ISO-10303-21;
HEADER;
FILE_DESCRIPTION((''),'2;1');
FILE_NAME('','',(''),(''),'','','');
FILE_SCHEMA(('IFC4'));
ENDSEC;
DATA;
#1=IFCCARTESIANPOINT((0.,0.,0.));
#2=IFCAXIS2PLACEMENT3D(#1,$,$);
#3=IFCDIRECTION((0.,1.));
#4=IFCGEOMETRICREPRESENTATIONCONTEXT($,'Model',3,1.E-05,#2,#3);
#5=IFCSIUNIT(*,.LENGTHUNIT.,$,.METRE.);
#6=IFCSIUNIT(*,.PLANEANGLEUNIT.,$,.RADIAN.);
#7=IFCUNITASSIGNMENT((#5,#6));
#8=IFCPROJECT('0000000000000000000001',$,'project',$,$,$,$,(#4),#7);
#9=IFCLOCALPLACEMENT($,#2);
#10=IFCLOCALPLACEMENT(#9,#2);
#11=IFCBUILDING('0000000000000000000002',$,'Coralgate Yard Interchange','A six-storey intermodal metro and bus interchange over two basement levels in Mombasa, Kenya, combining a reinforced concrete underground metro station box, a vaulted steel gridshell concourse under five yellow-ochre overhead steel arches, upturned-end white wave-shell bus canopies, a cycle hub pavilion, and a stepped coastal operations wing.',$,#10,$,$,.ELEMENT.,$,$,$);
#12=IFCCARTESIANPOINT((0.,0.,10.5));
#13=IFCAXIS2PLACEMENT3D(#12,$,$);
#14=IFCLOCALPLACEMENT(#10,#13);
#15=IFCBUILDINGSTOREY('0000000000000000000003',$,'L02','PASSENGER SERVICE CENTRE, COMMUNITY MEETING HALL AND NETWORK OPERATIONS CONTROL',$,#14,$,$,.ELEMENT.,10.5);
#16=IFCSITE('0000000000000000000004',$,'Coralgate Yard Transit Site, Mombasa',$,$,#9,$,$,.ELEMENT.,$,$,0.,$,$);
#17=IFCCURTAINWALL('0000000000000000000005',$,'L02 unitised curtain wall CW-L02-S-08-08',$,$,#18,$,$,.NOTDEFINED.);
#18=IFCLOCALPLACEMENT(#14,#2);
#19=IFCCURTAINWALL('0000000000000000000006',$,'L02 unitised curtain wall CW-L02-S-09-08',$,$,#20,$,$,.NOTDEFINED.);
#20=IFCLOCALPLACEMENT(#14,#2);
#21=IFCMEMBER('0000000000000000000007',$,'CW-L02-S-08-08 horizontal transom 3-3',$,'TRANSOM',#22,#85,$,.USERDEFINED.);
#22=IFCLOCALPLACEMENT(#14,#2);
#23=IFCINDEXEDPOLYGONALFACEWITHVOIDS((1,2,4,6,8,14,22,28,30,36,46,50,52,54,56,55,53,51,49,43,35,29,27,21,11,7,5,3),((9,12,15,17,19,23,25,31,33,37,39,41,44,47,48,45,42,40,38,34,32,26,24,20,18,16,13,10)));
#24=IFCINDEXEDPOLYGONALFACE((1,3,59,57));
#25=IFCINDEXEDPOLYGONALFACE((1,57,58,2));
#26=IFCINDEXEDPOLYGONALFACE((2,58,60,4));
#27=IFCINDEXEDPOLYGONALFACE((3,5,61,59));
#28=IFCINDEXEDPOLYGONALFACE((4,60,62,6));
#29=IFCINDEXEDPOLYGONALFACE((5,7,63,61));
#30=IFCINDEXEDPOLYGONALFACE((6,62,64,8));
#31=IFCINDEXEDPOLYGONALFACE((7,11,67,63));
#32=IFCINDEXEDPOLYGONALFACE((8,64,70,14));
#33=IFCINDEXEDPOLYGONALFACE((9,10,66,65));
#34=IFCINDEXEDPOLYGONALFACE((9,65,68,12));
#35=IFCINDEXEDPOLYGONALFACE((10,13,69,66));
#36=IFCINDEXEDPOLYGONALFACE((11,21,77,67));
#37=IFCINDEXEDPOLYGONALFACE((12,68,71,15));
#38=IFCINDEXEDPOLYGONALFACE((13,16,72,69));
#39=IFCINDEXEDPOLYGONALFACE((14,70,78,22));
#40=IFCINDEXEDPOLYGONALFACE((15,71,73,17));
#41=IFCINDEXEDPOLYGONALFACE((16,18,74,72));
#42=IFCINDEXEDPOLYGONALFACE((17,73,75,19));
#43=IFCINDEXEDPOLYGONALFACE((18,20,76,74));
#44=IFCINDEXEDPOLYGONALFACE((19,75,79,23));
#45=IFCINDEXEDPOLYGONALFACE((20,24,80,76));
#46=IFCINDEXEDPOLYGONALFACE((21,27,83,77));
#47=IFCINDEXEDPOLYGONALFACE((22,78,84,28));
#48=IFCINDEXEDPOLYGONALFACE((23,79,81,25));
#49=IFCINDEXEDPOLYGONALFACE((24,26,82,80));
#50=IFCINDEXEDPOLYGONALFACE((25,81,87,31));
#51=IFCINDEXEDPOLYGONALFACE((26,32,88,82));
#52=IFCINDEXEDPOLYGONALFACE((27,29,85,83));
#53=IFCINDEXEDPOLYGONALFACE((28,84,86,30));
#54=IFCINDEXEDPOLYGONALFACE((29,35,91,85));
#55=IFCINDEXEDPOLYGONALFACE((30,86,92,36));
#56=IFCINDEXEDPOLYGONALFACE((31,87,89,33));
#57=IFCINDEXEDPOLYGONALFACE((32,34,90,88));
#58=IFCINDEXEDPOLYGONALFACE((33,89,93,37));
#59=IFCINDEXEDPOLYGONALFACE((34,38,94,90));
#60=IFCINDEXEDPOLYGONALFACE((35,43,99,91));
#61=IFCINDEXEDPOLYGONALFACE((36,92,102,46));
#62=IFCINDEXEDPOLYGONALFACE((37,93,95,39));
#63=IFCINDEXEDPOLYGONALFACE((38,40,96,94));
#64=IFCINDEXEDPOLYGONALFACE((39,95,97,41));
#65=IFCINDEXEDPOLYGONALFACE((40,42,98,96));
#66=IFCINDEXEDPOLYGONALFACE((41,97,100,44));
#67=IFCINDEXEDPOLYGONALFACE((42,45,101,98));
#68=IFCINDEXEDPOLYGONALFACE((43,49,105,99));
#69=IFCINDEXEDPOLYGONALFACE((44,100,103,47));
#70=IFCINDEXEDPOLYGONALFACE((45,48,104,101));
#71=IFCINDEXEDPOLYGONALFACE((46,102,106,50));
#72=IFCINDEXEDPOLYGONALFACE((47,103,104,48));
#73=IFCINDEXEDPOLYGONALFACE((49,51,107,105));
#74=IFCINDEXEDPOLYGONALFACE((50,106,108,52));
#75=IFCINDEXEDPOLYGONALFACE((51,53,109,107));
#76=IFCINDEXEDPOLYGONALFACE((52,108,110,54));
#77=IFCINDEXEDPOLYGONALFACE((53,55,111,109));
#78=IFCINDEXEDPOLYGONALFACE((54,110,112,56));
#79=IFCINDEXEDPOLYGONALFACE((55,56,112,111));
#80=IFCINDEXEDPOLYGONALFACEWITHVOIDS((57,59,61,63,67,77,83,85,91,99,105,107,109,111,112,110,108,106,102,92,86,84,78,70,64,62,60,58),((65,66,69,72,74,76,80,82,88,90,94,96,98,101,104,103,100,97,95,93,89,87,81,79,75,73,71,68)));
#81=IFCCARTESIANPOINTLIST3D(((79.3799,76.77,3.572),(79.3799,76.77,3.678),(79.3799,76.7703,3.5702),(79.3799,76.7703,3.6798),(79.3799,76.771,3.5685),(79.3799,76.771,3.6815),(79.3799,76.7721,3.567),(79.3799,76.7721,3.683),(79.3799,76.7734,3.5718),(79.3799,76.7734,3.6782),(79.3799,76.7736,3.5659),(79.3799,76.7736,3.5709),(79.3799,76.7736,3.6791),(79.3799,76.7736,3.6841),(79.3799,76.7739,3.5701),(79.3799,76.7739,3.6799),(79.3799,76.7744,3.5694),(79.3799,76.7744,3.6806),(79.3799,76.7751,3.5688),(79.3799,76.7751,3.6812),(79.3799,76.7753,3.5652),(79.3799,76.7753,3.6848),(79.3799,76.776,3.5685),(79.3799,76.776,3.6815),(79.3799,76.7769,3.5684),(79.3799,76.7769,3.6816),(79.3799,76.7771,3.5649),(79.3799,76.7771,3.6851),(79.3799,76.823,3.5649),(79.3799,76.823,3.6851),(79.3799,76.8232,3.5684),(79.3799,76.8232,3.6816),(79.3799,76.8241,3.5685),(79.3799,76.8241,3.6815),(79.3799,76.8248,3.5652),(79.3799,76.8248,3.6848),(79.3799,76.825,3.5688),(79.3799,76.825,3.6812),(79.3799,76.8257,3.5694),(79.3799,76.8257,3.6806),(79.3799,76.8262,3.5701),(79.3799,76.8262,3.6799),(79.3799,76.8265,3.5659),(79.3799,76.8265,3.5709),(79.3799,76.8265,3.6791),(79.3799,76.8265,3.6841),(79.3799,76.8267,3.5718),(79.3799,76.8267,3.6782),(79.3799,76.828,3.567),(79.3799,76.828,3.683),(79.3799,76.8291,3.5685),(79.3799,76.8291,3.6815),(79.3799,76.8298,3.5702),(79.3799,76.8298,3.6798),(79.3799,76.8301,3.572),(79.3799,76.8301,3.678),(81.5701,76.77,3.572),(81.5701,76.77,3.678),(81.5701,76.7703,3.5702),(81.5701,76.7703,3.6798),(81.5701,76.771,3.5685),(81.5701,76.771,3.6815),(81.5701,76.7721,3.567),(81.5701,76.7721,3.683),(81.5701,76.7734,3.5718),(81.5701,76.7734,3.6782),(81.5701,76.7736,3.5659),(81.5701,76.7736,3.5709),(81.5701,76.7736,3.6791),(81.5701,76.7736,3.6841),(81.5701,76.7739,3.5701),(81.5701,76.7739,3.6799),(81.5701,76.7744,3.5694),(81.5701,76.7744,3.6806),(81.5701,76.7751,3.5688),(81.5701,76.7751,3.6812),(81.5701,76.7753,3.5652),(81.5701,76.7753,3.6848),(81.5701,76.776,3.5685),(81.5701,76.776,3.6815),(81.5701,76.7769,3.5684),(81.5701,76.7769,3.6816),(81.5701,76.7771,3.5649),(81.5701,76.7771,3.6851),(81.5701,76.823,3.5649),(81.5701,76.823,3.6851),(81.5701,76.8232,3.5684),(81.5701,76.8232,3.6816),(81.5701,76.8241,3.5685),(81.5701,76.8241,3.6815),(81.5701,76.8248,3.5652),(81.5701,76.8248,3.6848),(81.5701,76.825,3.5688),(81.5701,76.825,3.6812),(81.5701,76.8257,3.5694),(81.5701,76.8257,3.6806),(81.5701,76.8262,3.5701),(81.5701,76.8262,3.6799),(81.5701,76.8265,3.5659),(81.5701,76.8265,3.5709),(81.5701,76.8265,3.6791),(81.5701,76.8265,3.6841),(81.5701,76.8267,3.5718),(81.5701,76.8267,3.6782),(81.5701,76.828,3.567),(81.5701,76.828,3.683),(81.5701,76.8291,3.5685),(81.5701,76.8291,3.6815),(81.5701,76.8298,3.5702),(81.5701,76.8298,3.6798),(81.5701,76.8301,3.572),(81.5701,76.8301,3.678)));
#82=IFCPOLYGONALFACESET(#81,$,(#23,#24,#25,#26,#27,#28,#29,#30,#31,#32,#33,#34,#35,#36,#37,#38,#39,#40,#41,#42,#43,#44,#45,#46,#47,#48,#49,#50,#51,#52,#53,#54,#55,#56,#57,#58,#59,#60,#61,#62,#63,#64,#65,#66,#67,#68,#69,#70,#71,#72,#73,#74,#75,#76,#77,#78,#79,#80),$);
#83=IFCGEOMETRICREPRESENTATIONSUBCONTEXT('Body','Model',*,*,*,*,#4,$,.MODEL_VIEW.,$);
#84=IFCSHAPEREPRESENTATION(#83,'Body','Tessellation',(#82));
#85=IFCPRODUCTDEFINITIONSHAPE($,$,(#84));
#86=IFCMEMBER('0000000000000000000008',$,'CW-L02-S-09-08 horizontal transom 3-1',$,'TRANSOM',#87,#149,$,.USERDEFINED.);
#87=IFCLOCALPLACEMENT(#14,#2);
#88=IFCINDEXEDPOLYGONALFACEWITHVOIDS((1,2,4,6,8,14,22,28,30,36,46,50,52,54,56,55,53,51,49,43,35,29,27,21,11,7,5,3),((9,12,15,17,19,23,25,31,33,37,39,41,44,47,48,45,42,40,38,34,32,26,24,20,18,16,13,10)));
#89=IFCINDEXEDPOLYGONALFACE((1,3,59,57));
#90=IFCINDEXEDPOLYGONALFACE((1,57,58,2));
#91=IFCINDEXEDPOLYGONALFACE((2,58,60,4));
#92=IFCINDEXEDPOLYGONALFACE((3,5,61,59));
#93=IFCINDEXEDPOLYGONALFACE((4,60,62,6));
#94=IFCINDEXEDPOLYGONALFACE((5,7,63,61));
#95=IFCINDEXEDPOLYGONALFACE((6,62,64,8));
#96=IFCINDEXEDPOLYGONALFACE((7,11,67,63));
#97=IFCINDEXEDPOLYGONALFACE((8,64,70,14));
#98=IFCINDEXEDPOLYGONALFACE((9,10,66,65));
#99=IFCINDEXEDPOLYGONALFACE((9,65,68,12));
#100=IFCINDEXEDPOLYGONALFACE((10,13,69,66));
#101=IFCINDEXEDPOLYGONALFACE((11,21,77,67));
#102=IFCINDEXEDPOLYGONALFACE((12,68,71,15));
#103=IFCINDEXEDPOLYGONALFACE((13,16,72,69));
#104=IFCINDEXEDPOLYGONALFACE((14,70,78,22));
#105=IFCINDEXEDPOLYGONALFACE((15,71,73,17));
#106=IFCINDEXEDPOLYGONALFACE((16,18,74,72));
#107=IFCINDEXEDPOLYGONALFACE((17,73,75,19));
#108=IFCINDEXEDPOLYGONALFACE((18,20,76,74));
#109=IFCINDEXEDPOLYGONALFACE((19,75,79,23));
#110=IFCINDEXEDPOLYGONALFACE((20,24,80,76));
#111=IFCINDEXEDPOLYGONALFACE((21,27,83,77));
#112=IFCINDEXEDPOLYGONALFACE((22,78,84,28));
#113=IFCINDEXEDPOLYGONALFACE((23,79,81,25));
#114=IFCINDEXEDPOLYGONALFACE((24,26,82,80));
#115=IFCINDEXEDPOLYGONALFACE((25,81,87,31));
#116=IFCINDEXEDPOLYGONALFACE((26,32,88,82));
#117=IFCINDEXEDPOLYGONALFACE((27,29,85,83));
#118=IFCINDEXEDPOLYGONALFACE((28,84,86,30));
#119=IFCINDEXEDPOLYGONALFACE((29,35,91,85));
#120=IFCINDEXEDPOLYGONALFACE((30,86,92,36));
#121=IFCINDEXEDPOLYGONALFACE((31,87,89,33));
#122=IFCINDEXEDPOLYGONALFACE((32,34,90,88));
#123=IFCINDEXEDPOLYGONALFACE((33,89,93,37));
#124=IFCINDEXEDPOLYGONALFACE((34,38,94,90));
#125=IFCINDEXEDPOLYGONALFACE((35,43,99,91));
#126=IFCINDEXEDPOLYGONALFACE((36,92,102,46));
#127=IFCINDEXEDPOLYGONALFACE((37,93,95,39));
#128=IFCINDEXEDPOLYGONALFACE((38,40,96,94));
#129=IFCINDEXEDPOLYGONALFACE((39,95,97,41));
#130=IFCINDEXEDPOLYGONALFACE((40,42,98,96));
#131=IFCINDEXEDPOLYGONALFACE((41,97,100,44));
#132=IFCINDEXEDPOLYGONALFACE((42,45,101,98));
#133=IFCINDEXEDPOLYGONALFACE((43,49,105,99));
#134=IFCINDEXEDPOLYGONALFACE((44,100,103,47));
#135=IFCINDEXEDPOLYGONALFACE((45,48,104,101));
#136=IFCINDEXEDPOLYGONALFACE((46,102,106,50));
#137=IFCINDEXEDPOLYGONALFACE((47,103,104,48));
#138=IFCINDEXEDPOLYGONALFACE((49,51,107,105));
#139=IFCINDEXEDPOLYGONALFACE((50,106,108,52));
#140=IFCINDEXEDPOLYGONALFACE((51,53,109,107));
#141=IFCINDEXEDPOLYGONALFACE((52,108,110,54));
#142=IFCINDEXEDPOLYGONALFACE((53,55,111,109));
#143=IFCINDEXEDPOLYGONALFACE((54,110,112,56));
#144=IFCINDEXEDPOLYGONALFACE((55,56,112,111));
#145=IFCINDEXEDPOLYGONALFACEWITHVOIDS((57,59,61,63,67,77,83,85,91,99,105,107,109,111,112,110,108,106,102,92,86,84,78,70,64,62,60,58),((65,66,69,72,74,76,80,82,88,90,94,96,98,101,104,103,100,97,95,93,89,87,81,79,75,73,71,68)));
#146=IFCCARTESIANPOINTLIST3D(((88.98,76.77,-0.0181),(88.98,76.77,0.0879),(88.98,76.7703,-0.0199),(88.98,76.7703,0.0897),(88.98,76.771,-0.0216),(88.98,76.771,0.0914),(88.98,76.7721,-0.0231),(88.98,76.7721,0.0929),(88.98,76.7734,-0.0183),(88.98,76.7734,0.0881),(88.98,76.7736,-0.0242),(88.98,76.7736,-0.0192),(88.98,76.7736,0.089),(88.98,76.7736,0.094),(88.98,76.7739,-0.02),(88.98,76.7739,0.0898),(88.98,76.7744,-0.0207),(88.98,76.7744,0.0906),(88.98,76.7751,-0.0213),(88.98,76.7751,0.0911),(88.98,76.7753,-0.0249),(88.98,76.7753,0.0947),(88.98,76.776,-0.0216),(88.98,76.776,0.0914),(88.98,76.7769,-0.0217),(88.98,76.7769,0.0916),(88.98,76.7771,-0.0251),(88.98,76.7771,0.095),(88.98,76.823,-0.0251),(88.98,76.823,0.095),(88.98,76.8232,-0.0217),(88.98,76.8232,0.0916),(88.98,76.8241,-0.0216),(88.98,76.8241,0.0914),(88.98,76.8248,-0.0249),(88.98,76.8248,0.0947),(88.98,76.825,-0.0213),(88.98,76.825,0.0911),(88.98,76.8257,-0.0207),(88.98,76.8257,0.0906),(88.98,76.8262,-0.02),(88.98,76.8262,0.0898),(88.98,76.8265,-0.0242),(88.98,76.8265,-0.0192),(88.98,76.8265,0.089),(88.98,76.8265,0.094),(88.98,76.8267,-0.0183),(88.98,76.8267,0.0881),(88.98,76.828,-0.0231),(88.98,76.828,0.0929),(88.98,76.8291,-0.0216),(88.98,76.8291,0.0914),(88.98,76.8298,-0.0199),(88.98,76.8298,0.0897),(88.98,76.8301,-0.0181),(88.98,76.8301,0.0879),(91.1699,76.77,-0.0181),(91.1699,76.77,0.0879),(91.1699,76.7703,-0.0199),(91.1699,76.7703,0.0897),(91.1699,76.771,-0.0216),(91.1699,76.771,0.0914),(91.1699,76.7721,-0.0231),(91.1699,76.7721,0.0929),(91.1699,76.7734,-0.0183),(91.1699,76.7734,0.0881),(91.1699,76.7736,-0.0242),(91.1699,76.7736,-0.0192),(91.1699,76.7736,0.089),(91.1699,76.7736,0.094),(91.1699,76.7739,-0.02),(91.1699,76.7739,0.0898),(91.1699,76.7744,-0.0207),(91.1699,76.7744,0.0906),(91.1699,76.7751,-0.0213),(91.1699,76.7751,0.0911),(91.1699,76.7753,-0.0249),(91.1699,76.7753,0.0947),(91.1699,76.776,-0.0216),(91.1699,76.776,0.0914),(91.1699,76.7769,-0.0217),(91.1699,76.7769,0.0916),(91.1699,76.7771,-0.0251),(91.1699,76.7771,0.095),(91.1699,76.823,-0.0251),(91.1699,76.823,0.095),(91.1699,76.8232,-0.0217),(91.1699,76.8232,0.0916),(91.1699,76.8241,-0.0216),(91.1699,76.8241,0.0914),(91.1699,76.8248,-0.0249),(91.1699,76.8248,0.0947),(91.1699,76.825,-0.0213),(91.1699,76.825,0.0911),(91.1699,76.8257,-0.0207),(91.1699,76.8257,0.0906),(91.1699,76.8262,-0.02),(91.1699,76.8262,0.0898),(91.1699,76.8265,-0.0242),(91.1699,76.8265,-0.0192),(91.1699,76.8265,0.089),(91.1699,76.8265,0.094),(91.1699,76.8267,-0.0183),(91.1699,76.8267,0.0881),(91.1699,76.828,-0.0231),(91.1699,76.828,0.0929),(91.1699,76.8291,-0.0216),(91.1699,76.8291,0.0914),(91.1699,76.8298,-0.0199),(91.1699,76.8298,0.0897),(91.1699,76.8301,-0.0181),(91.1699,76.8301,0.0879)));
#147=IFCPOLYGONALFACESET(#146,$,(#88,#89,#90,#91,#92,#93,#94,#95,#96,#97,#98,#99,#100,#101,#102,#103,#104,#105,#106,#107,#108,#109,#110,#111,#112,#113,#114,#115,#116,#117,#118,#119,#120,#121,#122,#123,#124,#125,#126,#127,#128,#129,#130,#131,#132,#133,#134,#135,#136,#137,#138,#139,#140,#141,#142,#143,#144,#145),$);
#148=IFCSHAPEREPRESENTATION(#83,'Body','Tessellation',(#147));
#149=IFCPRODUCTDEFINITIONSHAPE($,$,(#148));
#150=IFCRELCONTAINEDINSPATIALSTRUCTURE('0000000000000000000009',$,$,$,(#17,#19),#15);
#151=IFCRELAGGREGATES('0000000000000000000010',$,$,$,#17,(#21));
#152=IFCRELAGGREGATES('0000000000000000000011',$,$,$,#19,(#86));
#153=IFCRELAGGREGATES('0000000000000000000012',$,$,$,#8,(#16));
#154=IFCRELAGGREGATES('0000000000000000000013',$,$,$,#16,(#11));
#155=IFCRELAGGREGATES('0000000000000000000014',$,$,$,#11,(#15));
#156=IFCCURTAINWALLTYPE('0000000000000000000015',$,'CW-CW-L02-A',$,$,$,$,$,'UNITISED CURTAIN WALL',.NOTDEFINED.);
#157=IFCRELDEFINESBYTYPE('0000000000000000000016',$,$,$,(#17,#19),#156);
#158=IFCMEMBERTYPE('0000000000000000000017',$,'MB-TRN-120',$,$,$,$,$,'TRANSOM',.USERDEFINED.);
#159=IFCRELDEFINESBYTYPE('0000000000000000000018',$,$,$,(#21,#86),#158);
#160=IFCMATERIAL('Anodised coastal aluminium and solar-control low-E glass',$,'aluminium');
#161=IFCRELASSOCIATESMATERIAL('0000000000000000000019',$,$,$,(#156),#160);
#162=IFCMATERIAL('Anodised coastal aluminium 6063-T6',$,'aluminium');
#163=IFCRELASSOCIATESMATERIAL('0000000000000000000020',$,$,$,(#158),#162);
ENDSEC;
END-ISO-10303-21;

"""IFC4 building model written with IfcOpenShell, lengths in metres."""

from ifc_helpers import new_model, si_unit, direction, frame, origin, origin_2d, place, context, subcontext, project, spatial, hollow_rectangle, extrude, material, material_profile, profile_set, type_object, element, aggregate, save


model = new_model("IFC4")

# Units and contexts
model_context = context("Model", 3, precision=1e-05, world=origin(), true_north=direction((0.0, 1.0)))
body_context = subcontext(model_context, "Body", "Model", "MODEL_VIEW")
ifc_project = project(units=[si_unit("LENGTHUNIT", "METRE"), si_unit("PLANEANGLEUNIT", "RADIAN")], contexts=[model_context])

# Site, building, storey
site_placement = place(None, origin())
site = spatial("IfcSite", under=ifc_project, at=site_placement, Name="Coralgate Yard Transit Site, Mombasa", CompositionType="ELEMENT", RefElevation=0.0)
building_placement = place(site_placement, origin())
building = spatial("IfcBuilding", under=site, at=building_placement, Name="Coralgate Yard Interchange", Description="A six-storey intermodal metro and bus interchange over two basement levels in Mombasa, Kenya, combining a reinforced concrete underground metro station box, a vaulted steel gridshell concourse under five yellow-ochre overhead steel arches, upturned-end white wave-shell bus canopies, a cycle hub pavilion, and a stepped coastal operations wing.", CompositionType="ELEMENT")
storey_placement = place(building_placement, frame((0.0, 0.0, 10.5)))
storey = spatial("IfcBuildingStorey", under=building, at=storey_placement, Name="L02", Description="PASSENGER SERVICE CENTRE, COMMUNITY MEETING HALL AND NETWORK OPERATIONS CONTROL", CompositionType="ELEMENT", Elevation=10.5)

# Curtain walls
ifc_material_1 = material(Name="Anodised coastal aluminium and solar-control low-E glass", Category="aluminium")
curtain_wall_type = type_object("IfcCurtainWallType", Name="CW-CW-L02-A", ElementType="UNITISED CURTAIN WALL", PredefinedType="NOTDEFINED", material=ifc_material_1)
curtain_wall_1_placement = place(storey_placement, origin())
curtain_wall_1 = element("IfcCurtainWall", 1, at=curtain_wall_1_placement, inside=storey, type_object=curtain_wall_type, Name="L02 unitised curtain wall CW-L02-S-08-08", PredefinedType="NOTDEFINED")
ifc_material_2 = material(Name="Anodised coastal aluminium 6063-T6", Category="aluminium")
curtain_wall_2_placement = place(storey_placement, origin())
curtain_wall_2 = element("IfcCurtainWall", 2, at=curtain_wall_2_placement, inside=storey, type_object=curtain_wall_type, Name="L02 unitised curtain wall CW-L02-S-09-08", PredefinedType="NOTDEFINED")

# Members
ifc_material_profile_1 = material_profile(ifc_material_2, hollow_rectangle(XDim=0.0601, YDim=0.1201, WallThickness=0.0034, InnerFilletRadius=0.0034, OuterFilletRadius=0.0071, at=origin_2d()), Name="ALU 60x120x3.5")
ifc_profile_set_1 = profile_set([ifc_material_profile_1], Name="Anodised coastal aluminium 6063-T6")
member_type_1 = type_object("IfcMemberType", Name="MB-TRN-120", ElementType="TRANSOM", PredefinedType="USERDEFINED", material=ifc_profile_set_1)
member_1_placement = place(storey_placement, frame((81.5701, 76.8, 3.625), z_axis=(-1.0, 0.0, 0.0), x_axis=(0.0, -1.0, 0.0)))
member_1 = element("IfcMember", 3, at=member_1_placement, type_object=member_type_1, Name="CW-L02-S-08-08 horizontal transom 3-3", ObjectType="TRANSOM", PredefinedType="USERDEFINED", context=body_context, shape_type="SweptSolid", body=[
    extrude(hollow_rectangle(XDim=0.0601, YDim=0.1201, WallThickness=0.0034, InnerFilletRadius=0.0034, OuterFilletRadius=0.0071, at=origin_2d()), origin(), (0.0, 0.0, 1.0), 2.1902),
])
member_2_placement = place(storey_placement, frame((91.1699, 76.8, 0.0349), z_axis=(-1.0, 0.0, 0.0), x_axis=(0.0, -1.0, 0.0)))
member_2 = element("IfcMember", 4, at=member_2_placement, type_object=member_type_1, Name="CW-L02-S-09-08 horizontal transom 3-1", ObjectType="TRANSOM", PredefinedType="USERDEFINED", context=body_context, shape_type="SweptSolid", body=[
    extrude(hollow_rectangle(XDim=0.0601, YDim=0.1201, WallThickness=0.0034, InnerFilletRadius=0.0034, OuterFilletRadius=0.0071, at=origin_2d()), origin(), (0.0, 0.0, 1.0), 2.1899),
])

aggregate(curtain_wall_1, [member_1])
aggregate(curtain_wall_2, [member_2])

save(model, "model.ifc")
